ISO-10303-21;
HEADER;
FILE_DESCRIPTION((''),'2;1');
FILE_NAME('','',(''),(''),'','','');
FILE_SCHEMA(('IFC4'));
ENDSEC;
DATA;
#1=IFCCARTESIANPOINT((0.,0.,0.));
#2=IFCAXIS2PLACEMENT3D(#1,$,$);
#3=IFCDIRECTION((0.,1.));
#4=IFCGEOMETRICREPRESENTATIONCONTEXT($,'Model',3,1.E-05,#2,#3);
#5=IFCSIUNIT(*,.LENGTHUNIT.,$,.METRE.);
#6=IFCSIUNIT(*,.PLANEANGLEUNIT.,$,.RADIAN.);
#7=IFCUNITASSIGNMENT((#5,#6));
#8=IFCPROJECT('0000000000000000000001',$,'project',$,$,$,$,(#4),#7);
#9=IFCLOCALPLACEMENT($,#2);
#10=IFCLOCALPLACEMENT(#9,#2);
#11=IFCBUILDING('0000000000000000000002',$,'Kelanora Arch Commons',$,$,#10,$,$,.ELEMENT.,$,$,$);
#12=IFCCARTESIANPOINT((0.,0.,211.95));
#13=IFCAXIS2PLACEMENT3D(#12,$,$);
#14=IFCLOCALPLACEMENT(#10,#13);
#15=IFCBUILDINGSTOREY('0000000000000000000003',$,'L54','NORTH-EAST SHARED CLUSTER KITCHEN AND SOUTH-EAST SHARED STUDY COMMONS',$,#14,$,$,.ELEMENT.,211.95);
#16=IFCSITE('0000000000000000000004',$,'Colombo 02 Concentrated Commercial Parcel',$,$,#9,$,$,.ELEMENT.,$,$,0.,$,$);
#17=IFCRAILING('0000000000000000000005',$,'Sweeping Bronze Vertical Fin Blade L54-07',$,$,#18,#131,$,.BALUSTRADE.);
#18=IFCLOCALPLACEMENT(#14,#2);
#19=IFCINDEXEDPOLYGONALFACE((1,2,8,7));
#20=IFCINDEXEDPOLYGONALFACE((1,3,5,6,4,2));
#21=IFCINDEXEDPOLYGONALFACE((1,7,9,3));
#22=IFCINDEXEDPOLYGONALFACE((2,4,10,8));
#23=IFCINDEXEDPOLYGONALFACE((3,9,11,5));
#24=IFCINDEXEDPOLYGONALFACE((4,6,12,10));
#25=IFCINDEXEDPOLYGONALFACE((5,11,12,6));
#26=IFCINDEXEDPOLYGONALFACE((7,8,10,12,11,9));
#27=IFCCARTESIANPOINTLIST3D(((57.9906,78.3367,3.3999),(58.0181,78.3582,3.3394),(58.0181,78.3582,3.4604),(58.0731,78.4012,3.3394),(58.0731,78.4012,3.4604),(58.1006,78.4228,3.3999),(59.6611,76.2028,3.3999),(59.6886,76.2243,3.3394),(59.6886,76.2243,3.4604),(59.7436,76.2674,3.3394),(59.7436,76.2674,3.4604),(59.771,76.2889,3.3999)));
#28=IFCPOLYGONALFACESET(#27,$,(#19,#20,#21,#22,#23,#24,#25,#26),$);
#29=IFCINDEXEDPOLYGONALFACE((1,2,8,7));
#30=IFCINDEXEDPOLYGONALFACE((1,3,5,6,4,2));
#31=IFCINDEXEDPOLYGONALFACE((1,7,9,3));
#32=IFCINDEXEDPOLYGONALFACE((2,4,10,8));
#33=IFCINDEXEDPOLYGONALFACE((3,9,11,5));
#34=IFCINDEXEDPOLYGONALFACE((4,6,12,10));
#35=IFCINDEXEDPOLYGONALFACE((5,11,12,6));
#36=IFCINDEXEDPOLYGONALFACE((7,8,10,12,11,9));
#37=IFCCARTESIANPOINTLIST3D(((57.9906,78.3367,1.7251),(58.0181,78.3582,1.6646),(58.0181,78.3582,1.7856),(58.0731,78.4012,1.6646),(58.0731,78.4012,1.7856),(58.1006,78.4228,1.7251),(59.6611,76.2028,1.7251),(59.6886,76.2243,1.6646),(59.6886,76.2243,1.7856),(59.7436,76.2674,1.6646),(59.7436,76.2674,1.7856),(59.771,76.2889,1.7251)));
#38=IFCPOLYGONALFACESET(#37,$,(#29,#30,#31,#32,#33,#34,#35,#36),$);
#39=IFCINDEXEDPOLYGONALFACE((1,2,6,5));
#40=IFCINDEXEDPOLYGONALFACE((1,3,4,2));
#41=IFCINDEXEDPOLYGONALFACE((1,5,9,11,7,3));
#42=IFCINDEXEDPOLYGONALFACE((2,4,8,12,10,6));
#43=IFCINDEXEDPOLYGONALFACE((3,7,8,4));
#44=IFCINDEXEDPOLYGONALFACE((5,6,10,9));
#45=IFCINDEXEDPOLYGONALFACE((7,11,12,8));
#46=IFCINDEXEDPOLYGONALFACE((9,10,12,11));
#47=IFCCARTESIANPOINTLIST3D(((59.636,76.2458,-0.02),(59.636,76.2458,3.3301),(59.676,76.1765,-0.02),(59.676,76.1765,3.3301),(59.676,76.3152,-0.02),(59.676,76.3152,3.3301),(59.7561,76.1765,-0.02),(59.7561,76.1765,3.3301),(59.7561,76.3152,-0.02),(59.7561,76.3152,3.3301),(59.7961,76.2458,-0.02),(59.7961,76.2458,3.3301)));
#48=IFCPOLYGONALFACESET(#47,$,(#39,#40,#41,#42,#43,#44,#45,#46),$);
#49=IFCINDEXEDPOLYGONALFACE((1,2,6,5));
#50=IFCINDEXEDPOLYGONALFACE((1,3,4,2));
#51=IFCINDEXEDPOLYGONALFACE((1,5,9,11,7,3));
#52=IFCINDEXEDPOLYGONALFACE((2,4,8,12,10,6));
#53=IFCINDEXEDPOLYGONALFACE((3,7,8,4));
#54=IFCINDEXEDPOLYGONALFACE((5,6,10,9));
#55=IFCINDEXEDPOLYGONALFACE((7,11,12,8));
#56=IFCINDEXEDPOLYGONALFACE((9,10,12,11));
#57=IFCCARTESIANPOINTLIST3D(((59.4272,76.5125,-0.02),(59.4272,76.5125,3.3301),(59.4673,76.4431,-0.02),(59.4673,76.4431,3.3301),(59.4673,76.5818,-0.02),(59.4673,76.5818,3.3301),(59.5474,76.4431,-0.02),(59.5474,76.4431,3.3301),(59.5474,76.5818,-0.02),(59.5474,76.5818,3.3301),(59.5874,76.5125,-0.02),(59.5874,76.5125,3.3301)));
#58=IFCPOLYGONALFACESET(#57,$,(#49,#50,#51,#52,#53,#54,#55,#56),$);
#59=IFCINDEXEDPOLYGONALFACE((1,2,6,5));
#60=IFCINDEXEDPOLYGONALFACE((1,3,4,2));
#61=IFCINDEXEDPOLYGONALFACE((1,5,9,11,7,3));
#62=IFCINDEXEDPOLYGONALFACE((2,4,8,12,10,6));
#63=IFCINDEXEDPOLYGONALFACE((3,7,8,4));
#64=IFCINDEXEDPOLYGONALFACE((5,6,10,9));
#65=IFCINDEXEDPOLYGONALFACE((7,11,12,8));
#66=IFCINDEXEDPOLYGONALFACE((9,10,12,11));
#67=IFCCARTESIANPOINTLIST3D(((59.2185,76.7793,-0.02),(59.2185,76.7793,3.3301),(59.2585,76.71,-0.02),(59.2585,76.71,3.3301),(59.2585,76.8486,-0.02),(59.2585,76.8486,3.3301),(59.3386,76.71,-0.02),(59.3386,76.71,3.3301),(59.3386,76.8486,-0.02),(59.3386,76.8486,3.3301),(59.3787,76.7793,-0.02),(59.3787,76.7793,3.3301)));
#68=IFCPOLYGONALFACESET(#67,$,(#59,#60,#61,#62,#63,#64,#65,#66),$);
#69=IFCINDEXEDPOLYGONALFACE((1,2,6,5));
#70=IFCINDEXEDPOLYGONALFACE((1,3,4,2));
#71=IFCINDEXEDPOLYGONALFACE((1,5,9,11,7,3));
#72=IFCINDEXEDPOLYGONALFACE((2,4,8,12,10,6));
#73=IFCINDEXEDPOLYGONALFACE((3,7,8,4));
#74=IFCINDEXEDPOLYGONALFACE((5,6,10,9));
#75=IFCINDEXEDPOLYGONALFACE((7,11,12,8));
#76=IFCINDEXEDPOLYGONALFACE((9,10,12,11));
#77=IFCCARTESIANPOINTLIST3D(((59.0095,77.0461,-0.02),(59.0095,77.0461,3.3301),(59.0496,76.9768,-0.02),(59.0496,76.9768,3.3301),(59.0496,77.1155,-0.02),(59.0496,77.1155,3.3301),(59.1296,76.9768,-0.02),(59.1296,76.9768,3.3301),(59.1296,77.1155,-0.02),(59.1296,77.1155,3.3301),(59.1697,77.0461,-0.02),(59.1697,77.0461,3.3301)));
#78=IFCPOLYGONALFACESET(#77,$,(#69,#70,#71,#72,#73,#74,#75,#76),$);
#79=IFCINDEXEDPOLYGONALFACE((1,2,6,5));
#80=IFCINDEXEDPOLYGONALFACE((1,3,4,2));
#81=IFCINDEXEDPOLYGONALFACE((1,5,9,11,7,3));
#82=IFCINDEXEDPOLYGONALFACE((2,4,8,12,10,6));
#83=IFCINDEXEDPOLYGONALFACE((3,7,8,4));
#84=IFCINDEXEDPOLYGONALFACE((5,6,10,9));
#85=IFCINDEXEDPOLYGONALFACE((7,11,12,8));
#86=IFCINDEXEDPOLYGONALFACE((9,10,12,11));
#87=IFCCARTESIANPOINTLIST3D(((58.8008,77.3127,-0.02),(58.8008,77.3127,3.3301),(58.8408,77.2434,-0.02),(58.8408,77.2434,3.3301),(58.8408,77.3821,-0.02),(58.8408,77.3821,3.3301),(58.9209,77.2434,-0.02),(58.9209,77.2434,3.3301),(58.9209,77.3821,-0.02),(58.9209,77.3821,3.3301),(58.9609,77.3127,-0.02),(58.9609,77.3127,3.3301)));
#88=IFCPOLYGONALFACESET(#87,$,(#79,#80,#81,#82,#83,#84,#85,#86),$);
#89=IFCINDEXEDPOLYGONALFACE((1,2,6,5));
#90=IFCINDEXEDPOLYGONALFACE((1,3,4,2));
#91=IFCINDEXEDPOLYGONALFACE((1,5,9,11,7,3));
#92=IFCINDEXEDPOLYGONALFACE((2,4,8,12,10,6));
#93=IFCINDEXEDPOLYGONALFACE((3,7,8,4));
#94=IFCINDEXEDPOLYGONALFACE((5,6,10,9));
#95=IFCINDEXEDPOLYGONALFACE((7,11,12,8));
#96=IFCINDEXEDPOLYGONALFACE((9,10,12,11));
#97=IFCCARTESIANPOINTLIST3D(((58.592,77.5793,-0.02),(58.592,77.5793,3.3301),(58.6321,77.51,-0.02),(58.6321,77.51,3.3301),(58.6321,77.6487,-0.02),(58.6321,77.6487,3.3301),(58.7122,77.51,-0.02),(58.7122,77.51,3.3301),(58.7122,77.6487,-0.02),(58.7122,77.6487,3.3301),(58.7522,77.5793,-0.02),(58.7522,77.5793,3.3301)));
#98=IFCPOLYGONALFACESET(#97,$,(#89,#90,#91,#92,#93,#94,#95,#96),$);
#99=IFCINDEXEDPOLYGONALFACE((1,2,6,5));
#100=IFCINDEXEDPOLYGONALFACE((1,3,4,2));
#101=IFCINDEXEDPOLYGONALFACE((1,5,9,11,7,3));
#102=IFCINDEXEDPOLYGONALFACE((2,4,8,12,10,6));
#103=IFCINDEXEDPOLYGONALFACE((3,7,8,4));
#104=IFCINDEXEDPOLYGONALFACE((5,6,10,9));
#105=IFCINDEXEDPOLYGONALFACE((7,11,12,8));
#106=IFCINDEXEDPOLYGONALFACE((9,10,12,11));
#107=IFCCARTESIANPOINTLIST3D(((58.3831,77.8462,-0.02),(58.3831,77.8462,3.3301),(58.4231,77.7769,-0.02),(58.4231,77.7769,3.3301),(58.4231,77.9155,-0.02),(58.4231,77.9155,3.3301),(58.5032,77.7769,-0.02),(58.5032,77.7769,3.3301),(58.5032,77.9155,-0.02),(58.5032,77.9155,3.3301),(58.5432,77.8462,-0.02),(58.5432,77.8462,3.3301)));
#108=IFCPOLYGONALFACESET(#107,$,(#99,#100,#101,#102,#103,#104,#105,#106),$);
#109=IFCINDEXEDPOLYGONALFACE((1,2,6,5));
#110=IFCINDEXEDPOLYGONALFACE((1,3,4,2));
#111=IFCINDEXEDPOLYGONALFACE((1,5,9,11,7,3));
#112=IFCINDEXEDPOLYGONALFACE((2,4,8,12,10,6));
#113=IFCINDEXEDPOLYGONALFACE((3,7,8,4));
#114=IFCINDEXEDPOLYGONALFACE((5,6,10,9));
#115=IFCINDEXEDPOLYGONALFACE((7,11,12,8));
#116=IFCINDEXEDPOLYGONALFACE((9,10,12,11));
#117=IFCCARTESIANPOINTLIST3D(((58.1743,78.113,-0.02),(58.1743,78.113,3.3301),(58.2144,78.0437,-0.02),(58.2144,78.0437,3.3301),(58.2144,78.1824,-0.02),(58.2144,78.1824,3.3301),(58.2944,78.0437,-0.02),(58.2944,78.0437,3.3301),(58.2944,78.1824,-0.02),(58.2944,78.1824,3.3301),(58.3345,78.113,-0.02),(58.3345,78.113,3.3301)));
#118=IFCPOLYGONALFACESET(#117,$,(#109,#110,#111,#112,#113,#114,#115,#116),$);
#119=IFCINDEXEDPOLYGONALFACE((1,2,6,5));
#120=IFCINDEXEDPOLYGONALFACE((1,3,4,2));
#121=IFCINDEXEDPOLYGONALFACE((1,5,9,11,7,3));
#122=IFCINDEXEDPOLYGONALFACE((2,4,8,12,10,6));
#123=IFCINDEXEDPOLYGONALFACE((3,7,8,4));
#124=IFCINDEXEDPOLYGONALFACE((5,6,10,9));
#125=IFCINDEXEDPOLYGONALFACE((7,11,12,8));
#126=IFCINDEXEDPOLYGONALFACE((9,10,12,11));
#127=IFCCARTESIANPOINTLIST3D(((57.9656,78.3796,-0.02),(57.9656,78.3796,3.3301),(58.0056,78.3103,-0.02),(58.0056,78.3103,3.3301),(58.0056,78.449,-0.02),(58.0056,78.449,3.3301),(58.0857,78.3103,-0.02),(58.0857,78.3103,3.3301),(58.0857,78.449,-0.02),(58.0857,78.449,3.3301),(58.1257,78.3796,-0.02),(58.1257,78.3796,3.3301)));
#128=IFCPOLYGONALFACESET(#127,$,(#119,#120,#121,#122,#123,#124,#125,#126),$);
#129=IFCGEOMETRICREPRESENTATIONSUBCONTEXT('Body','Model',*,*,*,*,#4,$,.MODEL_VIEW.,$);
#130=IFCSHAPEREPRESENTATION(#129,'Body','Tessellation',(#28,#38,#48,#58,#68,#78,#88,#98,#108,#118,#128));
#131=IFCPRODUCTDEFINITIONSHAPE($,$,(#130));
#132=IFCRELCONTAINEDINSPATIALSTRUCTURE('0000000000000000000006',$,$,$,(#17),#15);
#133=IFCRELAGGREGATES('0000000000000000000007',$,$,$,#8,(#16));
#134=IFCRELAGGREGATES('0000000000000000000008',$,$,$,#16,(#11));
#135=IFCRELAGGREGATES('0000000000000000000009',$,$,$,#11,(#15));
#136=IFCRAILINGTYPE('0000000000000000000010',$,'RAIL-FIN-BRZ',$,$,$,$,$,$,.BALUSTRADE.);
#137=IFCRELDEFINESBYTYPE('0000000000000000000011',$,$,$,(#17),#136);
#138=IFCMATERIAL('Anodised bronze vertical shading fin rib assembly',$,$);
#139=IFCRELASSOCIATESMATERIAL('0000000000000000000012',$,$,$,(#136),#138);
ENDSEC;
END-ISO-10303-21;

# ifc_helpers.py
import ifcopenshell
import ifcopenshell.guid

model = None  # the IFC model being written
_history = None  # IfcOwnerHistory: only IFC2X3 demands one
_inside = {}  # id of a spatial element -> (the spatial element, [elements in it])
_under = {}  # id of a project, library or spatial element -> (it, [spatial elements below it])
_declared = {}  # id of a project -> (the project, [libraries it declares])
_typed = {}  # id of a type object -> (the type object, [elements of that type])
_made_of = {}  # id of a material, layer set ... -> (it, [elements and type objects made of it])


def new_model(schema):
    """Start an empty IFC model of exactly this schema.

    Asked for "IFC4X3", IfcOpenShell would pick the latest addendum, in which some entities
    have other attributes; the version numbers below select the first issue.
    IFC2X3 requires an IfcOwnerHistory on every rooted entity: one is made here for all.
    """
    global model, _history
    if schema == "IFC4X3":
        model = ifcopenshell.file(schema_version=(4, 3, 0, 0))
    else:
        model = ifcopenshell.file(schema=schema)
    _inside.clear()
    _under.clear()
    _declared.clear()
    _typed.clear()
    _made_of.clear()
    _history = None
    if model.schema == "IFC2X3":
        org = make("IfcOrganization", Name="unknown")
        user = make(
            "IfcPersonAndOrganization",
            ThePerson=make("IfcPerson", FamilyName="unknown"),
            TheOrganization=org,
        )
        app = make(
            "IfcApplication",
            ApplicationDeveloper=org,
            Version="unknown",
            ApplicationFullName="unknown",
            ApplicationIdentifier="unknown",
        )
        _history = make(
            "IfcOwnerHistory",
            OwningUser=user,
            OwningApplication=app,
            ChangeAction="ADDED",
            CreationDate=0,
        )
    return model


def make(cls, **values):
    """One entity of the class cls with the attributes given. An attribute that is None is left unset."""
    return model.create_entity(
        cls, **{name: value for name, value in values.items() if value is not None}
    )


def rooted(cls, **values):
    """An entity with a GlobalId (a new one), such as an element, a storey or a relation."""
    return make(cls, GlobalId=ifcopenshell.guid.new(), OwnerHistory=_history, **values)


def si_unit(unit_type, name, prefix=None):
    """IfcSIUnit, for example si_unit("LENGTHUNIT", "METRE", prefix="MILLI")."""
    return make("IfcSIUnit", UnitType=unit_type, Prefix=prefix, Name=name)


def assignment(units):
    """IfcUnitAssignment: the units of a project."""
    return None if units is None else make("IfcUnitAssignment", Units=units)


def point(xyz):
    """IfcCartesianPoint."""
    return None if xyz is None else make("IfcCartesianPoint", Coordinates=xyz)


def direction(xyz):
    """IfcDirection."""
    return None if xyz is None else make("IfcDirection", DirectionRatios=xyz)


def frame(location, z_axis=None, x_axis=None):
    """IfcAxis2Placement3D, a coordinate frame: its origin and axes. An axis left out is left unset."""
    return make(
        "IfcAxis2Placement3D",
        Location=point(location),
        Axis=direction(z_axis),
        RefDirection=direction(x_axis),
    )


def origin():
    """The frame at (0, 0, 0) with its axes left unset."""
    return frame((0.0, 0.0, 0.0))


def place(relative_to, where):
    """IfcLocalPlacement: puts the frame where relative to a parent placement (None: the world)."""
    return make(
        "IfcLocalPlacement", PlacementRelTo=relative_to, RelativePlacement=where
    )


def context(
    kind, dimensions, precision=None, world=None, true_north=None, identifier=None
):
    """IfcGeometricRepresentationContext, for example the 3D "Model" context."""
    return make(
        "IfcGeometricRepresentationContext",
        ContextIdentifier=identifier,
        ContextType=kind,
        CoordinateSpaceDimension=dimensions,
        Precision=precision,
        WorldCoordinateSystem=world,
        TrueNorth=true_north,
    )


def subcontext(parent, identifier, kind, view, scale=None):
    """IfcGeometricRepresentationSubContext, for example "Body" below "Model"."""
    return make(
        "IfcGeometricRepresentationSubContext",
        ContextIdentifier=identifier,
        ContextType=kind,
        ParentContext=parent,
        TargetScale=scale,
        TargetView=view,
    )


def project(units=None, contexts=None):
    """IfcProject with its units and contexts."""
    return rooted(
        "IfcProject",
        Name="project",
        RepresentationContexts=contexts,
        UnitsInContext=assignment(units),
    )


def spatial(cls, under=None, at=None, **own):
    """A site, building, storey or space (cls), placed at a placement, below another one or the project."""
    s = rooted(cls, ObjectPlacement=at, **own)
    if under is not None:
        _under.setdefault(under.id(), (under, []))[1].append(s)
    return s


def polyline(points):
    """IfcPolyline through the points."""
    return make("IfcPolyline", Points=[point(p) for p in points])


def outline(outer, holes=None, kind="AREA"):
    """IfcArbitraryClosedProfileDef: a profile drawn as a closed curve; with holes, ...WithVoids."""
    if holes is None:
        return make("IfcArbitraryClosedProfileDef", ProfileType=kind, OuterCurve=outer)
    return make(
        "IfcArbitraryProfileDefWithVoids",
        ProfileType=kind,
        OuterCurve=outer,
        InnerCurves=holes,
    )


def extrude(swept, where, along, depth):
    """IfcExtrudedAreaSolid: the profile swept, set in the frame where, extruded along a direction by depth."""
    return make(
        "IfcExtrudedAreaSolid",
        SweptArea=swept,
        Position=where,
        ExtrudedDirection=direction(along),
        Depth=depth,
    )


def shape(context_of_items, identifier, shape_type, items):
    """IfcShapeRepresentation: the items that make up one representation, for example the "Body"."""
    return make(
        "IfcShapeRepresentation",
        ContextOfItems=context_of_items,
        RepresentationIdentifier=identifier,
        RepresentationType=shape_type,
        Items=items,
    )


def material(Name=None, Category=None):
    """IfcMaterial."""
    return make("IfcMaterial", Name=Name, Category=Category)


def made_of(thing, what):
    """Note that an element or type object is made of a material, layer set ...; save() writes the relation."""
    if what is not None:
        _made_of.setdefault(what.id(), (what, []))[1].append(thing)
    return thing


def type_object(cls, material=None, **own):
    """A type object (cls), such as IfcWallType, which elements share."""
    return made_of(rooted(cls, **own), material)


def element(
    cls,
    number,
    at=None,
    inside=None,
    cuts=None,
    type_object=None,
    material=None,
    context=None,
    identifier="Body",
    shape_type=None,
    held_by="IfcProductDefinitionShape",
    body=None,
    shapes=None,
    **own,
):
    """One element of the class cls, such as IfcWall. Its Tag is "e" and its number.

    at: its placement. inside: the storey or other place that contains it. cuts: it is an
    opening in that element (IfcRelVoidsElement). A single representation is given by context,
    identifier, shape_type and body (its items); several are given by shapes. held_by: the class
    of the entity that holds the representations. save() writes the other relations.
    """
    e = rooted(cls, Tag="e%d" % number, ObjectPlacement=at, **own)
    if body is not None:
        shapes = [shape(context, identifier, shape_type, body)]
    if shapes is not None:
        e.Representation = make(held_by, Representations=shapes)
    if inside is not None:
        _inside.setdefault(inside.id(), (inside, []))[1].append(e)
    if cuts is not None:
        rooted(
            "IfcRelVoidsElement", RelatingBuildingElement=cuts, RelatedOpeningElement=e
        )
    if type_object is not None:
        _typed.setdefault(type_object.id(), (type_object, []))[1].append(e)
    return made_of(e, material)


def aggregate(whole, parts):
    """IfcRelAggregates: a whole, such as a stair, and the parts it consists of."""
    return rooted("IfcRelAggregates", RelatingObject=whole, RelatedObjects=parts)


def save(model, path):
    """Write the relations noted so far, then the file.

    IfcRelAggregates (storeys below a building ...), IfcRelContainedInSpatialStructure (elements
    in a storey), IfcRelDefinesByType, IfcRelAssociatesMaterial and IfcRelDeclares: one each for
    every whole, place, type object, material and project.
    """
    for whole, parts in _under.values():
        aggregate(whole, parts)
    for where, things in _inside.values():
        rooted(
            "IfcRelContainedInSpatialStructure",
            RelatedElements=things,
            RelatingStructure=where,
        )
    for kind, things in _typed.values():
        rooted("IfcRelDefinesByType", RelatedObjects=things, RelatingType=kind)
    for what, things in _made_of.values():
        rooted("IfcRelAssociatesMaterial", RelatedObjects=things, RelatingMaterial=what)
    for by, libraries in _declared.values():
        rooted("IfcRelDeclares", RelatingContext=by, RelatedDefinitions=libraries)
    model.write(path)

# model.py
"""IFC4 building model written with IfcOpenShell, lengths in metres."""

from ifc_helpers import new_model, si_unit, direction, frame, origin, place, context, subcontext, project, spatial, polyline, outline, extrude, material, type_object, element, save


model = new_model("IFC4")

# Units and contexts
model_context = context("Model", 3, precision=1e-05, world=origin(), true_north=direction((0.0, 1.0)))
body_context = subcontext(model_context, "Body", "Model", "MODEL_VIEW")
ifc_project = project(units=[si_unit("LENGTHUNIT", "METRE"), si_unit("PLANEANGLEUNIT", "RADIAN")], contexts=[model_context])

# Site, building, storey
site_placement = place(None, origin())
site = spatial("IfcSite", under=ifc_project, at=site_placement, Name="Colombo 02 Concentrated Commercial Parcel", CompositionType="ELEMENT", RefElevation=0.0)
building_placement = place(site_placement, origin())
building = spatial("IfcBuilding", under=site, at=building_placement, Name="Kelanora Arch Commons", CompositionType="ELEMENT")
storey_placement = place(building_placement, frame((0.0, 0.0, 211.95)))
storey = spatial("IfcBuildingStorey", under=building, at=storey_placement, Name="L54", Description="NORTH-EAST SHARED CLUSTER KITCHEN AND SOUTH-EAST SHARED STUDY COMMONS", CompositionType="ELEMENT", Elevation=211.95)

# Railing
ifc_material_1 = material(Name="Anodised bronze vertical shading fin rib assembly")
railing_type = type_object("IfcRailingType", Name="RAIL-FIN-BRZ", PredefinedType="BALUSTRADE", material=ifc_material_1)
railing_1_placement = place(storey_placement, frame((59.7161, 76.2458, -0.02)))
element("IfcRailing", 1, at=railing_1_placement, inside=storey, type_object=railing_type, Name="Sweeping Bronze Vertical Fin Blade L54-07", PredefinedType="BALUSTRADE", context=body_context, shape_type="SweptSolid", body=[
    extrude(outline(polyline([(0.0698, 0.0), (0.0349, 0.0605), (-0.0349, 0.0605), (-0.0698, 0.0), (-0.0349, -0.0605), (0.0349, -0.0605), (0.0698, 0.0)])), frame((0.0, 0.0, 3.4199), z_axis=(-0.61642, 0.787418, 0.0), x_axis=(-0.787418, -0.61642, 0.0)), (0.0, 0.0, 1.0), 2.71),
    extrude(outline(polyline([(0.0698, 0.0), (0.0349, 0.0605), (-0.0349, 0.0605), (-0.0698, 0.0), (-0.0349, -0.0605), (0.0349, -0.0605), (0.0698, 0.0)])), frame((0.0, 0.0, 1.7451), z_axis=(-0.61642, 0.787418, 0.0), x_axis=(-0.787418, -0.61642, 0.0)), (0.0, 0.0, 1.0), 2.71),
    extrude(outline(polyline([(0.0801, 0.0), (0.04, 0.0693), (-0.04, 0.0693), (-0.0801, 0.0), (-0.04, -0.0693), (0.04, -0.0693), (0.0801, 0.0)])), origin(), (0.0, 0.0, 1.0), 3.3501),
    extrude(outline(polyline([(0.0801, 0.0), (0.04, 0.0693), (-0.04, 0.0693), (-0.0801, 0.0), (-0.04, -0.0693), (0.04, -0.0693), (0.0801, 0.0)])), frame((-0.2087, 0.2666, 0.0)), (0.0, 0.0, 1.0), 3.3501),
    extrude(outline(polyline([(0.0801, 0.0), (0.04, 0.0693), (-0.04, 0.0693), (-0.0801, 0.0), (-0.04, -0.0693), (0.04, -0.0693), (0.0801, 0.0)])), frame((-0.4175, 0.5334, 0.0)), (0.0, 0.0, 1.0), 3.3501),
    extrude(outline(polyline([(0.0801, 0.0), (0.04, 0.0693), (-0.04, 0.0693), (-0.0801, 0.0), (-0.04, -0.0693), (0.04, -0.0693), (0.0801, 0.0)])), frame((-0.6265, 0.8003, 0.0)), (0.0, 0.0, 1.0), 3.3501),
    extrude(outline(polyline([(0.0801, 0.0), (0.04, 0.0693), (-0.04, 0.0693), (-0.0801, 0.0), (-0.04, -0.0693), (0.04, -0.0693), (0.0801, 0.0)])), frame((-0.8352, 1.0669, 0.0)), (0.0, 0.0, 1.0), 3.3501),
    extrude(outline(polyline([(0.0801, 0.0), (0.04, 0.0693), (-0.04, 0.0693), (-0.0801, 0.0), (-0.04, -0.0693), (0.04, -0.0693), (0.0801, 0.0)])), frame((-1.0439, 1.3335, 0.0)), (0.0, 0.0, 1.0), 3.3501),
    extrude(outline(polyline([(0.0801, 0.0), (0.04, 0.0693), (-0.04, 0.0693), (-0.0801, 0.0), (-0.04, -0.0693), (0.04, -0.0693), (0.0801, 0.0)])), frame((-1.2529, 1.6003, 0.0)), (0.0, 0.0, 1.0), 3.3501),
    extrude(outline(polyline([(0.0801, 0.0), (0.04, 0.0693), (-0.04, 0.0693), (-0.0801, 0.0), (-0.04, -0.0693), (0.04, -0.0693), (0.0801, 0.0)])), frame((-1.4617, 1.8672, 0.0)), (0.0, 0.0, 1.0), 3.3501),
    extrude(outline(polyline([(0.0801, 0.0), (0.04, 0.0693), (-0.04, 0.0693), (-0.0801, 0.0), (-0.04, -0.0693), (0.04, -0.0693), (0.0801, 0.0)])), frame((-1.6704, 2.1338, 0.0)), (0.0, 0.0, 1.0), 3.3501),
])

save(model, "model.ifc")
